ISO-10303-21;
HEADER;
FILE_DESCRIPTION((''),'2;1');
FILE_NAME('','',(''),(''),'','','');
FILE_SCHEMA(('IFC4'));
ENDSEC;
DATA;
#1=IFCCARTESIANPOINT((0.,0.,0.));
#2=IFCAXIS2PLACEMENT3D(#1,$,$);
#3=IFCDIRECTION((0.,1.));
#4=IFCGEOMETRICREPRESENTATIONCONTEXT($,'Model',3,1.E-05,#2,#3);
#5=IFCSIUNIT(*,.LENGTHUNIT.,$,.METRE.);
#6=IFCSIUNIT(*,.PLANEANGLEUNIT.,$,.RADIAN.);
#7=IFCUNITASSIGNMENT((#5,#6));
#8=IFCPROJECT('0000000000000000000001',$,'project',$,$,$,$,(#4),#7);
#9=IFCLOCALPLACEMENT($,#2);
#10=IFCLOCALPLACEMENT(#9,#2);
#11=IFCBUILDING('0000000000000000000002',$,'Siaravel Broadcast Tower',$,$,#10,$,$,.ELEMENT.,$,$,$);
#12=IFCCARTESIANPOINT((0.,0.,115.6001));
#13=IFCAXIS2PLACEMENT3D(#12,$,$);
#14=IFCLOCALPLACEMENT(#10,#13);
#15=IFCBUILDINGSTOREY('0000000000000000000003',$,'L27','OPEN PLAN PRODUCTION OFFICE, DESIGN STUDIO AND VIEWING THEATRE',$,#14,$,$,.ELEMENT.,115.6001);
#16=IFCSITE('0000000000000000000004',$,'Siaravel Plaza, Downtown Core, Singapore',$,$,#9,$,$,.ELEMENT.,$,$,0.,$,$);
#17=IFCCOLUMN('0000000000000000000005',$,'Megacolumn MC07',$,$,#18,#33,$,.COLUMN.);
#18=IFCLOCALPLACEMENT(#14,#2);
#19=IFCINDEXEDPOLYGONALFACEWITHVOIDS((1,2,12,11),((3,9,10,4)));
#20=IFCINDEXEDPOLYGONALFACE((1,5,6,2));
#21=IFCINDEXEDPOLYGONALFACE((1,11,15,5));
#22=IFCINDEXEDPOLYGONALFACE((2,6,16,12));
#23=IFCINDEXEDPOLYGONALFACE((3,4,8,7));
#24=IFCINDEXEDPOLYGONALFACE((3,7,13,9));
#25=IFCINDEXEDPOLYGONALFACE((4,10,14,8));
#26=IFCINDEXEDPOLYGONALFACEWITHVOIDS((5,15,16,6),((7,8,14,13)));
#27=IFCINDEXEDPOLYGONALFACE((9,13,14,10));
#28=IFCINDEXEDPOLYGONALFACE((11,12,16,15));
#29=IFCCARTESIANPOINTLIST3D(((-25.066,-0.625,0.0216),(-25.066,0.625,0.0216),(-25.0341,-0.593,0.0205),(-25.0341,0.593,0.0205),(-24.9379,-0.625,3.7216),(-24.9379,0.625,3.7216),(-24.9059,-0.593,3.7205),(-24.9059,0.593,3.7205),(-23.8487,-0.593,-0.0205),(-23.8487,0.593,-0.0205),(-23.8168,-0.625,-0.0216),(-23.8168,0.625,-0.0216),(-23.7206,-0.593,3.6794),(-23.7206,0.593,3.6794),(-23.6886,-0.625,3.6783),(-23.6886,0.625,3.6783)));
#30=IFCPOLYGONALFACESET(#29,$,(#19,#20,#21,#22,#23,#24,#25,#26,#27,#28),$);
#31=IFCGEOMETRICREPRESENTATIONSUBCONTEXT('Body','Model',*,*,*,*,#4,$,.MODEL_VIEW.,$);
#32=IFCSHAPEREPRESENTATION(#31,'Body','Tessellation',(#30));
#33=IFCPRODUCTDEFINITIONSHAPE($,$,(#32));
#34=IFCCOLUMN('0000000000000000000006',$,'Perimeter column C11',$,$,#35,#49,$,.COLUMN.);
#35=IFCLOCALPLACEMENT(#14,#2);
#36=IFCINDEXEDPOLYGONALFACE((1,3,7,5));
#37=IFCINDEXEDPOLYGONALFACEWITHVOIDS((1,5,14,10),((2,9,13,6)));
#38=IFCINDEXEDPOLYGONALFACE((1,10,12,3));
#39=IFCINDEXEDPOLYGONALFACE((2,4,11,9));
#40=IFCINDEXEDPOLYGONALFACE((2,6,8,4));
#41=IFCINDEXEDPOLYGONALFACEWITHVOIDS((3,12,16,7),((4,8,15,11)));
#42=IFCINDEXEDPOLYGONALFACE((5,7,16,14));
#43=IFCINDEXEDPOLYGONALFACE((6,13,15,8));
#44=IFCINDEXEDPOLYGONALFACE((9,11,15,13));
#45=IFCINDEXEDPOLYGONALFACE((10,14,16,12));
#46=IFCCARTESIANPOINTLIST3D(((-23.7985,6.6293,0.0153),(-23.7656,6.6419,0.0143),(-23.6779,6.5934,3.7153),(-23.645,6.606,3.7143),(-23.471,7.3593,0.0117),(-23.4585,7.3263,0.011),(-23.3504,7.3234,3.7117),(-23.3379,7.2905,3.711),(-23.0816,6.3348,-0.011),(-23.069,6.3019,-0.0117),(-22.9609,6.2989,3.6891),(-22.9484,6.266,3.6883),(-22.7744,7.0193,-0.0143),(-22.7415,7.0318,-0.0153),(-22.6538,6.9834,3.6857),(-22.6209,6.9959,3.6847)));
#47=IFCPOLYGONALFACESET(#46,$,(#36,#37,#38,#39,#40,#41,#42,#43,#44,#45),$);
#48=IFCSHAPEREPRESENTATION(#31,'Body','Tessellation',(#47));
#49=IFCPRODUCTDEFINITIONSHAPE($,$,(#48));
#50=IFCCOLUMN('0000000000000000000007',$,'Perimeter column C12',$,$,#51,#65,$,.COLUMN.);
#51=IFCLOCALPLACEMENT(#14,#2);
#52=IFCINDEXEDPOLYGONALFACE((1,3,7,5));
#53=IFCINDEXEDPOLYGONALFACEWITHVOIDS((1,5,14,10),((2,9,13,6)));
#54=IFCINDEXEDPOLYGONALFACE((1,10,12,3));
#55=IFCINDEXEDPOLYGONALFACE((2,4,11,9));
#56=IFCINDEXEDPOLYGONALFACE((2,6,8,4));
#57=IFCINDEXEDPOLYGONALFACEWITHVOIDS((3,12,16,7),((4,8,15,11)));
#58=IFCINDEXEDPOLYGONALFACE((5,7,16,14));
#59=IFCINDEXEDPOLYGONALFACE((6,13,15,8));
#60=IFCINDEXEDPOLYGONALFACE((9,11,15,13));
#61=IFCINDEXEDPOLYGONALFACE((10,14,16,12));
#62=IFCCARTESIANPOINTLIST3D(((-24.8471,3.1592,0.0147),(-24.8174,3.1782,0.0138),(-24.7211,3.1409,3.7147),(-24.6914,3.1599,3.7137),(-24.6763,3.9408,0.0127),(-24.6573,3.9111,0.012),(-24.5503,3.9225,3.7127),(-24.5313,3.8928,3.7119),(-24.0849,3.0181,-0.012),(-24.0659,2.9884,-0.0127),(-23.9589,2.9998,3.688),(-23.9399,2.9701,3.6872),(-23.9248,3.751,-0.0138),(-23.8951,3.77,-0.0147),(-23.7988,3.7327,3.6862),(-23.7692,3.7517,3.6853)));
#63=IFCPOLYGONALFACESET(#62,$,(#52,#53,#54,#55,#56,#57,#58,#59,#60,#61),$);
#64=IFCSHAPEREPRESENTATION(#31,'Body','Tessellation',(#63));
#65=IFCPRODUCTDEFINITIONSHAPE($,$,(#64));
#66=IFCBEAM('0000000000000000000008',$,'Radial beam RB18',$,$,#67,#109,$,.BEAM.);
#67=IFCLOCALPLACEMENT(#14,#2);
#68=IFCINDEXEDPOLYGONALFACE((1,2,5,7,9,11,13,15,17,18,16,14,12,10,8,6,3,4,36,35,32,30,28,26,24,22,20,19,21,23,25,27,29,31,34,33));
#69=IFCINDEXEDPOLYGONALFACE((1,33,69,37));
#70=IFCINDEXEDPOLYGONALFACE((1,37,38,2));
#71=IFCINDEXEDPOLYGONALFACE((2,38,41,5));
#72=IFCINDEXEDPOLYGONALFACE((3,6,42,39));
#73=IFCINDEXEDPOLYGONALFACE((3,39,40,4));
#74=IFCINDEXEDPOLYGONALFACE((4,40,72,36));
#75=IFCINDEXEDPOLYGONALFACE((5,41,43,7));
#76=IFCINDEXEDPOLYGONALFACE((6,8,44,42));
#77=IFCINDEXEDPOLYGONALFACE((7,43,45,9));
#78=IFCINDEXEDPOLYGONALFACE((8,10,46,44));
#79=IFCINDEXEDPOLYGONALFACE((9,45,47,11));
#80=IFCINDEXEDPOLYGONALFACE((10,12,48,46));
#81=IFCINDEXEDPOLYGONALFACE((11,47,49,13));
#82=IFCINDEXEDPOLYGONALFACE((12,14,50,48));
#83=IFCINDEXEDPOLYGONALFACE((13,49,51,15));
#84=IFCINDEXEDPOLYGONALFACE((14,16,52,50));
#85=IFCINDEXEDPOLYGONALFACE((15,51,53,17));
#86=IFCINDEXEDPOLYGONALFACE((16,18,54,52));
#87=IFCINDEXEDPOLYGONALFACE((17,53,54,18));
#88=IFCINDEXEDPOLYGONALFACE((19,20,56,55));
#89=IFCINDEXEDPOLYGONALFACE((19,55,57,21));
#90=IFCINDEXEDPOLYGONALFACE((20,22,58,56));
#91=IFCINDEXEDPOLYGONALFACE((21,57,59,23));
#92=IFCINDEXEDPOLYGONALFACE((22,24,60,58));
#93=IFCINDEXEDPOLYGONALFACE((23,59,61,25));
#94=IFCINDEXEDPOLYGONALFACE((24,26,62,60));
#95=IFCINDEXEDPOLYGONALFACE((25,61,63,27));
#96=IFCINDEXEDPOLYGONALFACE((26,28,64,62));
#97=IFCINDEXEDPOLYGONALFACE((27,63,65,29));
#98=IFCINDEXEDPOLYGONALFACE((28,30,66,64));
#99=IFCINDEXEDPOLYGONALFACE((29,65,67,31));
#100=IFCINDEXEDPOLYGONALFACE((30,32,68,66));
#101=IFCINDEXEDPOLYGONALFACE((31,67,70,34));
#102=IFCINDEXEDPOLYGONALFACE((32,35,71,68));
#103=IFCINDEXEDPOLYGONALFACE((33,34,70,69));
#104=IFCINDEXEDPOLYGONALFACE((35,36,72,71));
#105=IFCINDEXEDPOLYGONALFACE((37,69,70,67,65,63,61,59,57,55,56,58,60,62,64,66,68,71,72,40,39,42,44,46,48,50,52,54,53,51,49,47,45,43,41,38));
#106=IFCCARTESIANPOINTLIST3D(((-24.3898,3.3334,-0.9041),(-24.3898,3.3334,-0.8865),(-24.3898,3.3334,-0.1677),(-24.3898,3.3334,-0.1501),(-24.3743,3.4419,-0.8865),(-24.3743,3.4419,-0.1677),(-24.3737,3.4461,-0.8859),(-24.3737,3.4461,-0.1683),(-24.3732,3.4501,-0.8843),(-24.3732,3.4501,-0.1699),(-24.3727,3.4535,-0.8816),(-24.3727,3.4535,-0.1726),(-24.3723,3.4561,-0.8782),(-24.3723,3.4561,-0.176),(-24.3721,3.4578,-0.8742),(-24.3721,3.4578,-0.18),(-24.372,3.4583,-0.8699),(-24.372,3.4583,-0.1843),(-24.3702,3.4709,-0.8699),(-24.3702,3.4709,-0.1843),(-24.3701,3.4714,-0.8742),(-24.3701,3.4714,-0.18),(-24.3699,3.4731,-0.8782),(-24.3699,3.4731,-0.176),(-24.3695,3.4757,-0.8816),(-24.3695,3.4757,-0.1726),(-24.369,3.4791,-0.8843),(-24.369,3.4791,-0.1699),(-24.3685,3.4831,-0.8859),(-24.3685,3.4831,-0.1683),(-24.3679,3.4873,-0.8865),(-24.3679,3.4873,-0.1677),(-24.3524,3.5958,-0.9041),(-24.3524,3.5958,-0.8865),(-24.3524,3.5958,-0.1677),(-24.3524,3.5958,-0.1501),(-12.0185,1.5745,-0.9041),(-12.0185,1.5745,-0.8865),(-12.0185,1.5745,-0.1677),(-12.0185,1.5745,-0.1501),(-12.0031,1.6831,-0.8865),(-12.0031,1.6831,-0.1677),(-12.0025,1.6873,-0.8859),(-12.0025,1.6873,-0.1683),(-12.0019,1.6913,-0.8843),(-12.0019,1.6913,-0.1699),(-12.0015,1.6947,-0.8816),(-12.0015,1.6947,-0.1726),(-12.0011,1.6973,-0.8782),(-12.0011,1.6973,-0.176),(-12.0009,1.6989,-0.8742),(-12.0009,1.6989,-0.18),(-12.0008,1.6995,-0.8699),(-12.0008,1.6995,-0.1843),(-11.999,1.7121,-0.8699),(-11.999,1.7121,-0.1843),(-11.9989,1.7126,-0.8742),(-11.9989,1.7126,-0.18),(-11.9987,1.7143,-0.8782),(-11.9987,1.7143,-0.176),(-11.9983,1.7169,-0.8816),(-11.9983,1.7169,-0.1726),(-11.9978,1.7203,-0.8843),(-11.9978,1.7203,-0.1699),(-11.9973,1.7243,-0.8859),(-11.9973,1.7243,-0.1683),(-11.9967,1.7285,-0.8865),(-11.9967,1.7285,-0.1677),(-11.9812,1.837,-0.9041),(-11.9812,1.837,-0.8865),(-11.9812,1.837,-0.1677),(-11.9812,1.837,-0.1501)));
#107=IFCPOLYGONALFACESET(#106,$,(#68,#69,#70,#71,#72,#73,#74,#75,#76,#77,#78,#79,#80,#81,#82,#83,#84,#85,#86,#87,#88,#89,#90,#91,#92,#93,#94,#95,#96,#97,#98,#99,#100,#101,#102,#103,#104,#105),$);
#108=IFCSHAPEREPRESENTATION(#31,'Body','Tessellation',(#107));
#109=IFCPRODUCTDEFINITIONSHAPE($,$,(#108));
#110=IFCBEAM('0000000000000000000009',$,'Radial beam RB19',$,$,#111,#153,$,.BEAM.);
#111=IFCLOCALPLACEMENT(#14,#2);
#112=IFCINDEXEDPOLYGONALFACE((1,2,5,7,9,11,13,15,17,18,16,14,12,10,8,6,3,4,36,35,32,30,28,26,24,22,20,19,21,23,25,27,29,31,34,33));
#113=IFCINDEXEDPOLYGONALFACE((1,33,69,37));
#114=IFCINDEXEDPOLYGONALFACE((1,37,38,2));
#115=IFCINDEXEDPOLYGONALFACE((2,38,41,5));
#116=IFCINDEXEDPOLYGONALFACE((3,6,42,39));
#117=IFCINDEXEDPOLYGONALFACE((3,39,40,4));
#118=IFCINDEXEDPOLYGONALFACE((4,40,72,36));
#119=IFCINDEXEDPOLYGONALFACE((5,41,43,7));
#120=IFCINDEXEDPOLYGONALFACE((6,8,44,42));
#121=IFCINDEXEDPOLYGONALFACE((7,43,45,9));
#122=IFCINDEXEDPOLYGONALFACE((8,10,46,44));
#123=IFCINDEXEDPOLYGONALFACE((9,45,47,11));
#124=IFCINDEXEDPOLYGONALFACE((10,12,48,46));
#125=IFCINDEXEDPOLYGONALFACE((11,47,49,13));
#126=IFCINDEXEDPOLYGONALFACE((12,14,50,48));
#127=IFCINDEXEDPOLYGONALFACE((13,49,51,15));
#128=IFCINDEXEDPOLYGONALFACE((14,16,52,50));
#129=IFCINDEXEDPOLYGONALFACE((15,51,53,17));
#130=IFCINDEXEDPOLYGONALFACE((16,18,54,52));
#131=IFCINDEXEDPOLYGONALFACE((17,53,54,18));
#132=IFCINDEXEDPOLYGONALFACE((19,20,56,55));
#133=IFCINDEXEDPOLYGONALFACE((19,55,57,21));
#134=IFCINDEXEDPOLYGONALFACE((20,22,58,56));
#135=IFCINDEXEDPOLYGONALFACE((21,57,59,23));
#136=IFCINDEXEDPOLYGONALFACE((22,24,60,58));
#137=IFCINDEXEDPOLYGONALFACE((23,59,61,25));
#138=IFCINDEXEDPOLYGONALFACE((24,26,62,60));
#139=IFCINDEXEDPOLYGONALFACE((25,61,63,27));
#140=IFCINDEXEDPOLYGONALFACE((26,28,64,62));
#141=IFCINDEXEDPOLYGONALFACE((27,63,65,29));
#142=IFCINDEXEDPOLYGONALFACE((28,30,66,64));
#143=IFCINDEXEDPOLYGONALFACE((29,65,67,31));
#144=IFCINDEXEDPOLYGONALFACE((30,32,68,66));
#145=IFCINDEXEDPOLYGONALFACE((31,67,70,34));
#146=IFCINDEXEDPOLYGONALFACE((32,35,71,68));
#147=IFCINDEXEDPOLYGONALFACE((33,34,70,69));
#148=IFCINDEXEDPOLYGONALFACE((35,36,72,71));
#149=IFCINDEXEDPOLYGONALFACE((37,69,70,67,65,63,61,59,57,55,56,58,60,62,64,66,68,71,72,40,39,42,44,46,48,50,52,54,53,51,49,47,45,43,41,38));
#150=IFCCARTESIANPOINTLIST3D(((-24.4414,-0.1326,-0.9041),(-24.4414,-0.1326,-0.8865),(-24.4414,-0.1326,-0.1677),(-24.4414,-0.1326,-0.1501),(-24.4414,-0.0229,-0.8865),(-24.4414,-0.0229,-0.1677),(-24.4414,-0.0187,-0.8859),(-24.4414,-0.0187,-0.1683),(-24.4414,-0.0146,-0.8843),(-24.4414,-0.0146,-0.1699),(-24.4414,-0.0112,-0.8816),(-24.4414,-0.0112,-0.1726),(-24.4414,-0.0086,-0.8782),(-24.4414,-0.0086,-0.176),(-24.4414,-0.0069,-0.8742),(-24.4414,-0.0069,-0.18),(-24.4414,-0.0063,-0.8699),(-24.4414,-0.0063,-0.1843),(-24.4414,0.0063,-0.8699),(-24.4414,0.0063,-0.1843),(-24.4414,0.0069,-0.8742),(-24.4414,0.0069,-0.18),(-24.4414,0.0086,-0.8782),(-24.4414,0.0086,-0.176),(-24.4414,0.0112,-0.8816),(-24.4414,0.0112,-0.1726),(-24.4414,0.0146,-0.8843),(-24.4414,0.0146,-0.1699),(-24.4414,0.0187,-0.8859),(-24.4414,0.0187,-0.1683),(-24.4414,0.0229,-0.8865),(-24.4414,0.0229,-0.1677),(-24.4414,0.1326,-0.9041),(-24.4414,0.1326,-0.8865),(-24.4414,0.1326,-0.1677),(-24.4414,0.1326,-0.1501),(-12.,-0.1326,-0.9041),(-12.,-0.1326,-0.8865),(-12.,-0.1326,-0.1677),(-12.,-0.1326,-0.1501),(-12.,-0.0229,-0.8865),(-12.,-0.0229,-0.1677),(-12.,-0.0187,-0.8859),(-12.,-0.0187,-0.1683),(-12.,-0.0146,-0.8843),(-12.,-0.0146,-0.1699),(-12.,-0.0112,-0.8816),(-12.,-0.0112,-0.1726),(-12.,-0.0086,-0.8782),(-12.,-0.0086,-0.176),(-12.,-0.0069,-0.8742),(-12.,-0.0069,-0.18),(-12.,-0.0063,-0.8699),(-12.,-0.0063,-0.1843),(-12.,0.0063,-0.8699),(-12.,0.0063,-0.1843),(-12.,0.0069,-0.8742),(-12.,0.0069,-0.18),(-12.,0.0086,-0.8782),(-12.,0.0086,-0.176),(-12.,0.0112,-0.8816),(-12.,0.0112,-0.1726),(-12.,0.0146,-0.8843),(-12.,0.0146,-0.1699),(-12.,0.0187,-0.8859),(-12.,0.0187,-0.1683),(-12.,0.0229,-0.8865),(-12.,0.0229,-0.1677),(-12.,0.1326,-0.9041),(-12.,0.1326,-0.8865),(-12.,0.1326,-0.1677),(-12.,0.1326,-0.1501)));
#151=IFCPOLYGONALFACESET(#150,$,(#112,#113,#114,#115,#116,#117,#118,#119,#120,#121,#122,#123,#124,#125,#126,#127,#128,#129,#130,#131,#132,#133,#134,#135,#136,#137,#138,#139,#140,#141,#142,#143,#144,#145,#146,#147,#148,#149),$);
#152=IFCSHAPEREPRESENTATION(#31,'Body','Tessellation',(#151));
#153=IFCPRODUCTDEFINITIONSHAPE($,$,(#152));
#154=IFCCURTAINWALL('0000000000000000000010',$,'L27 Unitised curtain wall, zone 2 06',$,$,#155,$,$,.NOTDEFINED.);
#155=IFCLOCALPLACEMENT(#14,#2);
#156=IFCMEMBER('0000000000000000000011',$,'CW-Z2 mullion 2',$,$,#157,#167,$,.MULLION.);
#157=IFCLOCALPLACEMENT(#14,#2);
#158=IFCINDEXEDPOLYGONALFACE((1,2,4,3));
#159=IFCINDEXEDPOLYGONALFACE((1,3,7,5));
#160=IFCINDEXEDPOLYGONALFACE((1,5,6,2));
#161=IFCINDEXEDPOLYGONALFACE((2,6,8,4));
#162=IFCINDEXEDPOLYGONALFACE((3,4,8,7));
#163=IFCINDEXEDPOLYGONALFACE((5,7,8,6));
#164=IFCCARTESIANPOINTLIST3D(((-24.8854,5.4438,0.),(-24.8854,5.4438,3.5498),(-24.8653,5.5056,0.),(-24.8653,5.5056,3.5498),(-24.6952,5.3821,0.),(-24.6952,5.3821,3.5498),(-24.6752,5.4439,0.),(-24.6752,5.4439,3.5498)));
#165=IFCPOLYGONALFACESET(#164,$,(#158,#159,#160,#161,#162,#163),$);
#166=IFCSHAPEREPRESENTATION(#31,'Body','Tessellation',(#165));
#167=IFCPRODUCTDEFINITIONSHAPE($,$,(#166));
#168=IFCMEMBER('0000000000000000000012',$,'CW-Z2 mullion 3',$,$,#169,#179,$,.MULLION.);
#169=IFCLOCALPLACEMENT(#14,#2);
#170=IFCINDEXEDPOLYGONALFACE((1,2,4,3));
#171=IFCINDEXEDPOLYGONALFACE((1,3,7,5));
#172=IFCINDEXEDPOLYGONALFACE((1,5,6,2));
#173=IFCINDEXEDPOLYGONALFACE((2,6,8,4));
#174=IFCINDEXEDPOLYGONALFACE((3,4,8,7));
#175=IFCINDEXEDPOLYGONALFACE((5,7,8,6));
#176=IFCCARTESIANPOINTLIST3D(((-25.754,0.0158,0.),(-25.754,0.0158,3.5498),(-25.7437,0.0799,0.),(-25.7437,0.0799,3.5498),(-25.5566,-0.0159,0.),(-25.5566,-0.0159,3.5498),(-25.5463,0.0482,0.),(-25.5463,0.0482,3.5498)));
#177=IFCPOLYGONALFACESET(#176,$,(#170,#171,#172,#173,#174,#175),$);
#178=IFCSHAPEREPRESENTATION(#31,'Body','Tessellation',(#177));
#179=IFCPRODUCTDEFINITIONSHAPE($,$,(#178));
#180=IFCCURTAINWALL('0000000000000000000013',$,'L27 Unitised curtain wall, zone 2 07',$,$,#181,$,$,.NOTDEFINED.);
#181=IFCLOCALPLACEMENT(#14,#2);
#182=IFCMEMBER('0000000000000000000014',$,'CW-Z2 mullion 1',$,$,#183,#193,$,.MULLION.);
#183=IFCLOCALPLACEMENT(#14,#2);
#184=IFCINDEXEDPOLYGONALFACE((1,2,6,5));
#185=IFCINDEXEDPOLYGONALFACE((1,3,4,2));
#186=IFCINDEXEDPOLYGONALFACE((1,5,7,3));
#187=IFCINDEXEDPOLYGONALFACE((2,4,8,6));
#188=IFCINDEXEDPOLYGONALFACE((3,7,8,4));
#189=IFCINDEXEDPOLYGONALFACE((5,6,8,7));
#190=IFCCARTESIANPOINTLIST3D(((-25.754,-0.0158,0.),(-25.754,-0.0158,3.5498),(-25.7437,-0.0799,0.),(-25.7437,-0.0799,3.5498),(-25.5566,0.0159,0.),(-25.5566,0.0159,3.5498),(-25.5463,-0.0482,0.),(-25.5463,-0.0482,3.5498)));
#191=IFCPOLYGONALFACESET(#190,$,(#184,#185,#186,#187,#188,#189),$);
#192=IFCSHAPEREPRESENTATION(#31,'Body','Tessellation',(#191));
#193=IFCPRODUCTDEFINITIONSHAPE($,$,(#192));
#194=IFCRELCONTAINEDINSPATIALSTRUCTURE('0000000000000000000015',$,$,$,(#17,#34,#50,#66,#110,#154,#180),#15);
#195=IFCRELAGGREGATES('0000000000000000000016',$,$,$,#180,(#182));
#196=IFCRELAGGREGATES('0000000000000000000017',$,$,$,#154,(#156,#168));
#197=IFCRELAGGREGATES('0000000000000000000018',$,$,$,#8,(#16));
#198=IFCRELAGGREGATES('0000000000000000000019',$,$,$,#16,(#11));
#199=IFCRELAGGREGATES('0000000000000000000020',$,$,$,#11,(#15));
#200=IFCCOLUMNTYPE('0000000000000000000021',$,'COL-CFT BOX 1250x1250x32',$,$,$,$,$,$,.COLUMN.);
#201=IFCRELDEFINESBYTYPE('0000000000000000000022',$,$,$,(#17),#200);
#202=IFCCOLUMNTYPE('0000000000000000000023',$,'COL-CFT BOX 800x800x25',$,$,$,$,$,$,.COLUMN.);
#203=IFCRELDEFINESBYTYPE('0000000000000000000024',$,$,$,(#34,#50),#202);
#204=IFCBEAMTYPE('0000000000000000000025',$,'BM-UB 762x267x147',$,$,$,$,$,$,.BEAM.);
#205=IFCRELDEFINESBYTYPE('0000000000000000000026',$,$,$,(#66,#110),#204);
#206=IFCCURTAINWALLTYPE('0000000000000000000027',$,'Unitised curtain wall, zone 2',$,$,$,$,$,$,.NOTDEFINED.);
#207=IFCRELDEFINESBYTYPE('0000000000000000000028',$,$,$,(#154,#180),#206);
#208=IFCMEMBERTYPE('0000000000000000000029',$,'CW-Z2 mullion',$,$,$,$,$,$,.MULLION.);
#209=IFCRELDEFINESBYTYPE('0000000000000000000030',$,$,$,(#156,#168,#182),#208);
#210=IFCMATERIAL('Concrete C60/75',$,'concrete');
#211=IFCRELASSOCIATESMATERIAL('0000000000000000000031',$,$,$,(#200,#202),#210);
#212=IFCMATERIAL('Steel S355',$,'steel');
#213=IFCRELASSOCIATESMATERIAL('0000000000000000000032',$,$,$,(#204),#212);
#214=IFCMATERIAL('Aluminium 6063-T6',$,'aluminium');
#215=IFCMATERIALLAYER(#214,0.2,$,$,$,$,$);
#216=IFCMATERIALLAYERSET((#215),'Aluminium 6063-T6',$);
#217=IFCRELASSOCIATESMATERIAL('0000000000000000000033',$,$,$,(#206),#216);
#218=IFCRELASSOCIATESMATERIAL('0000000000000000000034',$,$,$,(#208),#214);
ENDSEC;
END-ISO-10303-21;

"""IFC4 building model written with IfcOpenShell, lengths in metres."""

from ifc_helpers import new_model, si_unit, direction, frame, origin, origin_2d, place, context, subcontext, project, spatial, rectangle, hollow_rectangle, i_section, extrude, material, layer, layer_set, material_profile, profile_set, type_object, element, aggregate, save


model = new_model("IFC4")

# Units and contexts
model_context = context("Model", 3, precision=1e-05, world=origin(), true_north=direction((0.0, 1.0)))
body_context = subcontext(model_context, "Body", "Model", "MODEL_VIEW")
ifc_project = project(units=[si_unit("LENGTHUNIT", "METRE"), si_unit("PLANEANGLEUNIT", "RADIAN")], contexts=[model_context])

# Site, building, storey
site_placement = place(None, origin())
site = spatial("IfcSite", under=ifc_project, at=site_placement, Name="Siaravel Plaza, Downtown Core, Singapore", CompositionType="ELEMENT", RefElevation=0.0)
building_placement = place(site_placement, origin())
building = spatial("IfcBuilding", under=site, at=building_placement, Name="Siaravel Broadcast Tower", CompositionType="ELEMENT")
storey_placement = place(building_placement, frame((0.0, 0.0, 115.6001)))
storey = spatial("IfcBuildingStorey", under=building, at=storey_placement, Name="L27", Description="OPEN PLAN PRODUCTION OFFICE, DESIGN STUDIO AND VIEWING THEATRE", CompositionType="ELEMENT", Elevation=115.6001)

# Columns
ifc_material_1 = material(Name="Concrete C60/75", Category="concrete")
ifc_material_profile_1 = material_profile(ifc_material_1, hollow_rectangle(XDim=1.25, YDim=1.25, WallThickness=0.032, at=origin_2d()))
ifc_profile_set_1 = profile_set([ifc_material_profile_1], Name="Concrete C60/75")
column_type_1 = type_object("IfcColumnType", Name="COL-CFT BOX 1250x1250x32", PredefinedType="COLUMN", material=ifc_profile_set_1)
column_placement = place(storey_placement, frame((-24.4414, 0.0, 0.0), z_axis=(0.034621, 0.0, 0.999401), x_axis=(0.0, 1.0, 0.0)))
element("IfcColumn", 1, at=column_placement, inside=storey, type_object=column_type_1, Name="Megacolumn MC07", PredefinedType="COLUMN", context=body_context, shape_type="SweptSolid", body=[
    extrude(hollow_rectangle(XDim=1.25, YDim=1.25, WallThickness=0.032, at=origin_2d()), origin(), (0.0, 0.0, 1.0), 3.7021),
])
ifc_material_profile_2 = material_profile(ifc_material_1, hollow_rectangle(XDim=0.8, YDim=0.8, WallThickness=0.0249, at=origin_2d()))
ifc_profile_set_2 = profile_set([ifc_material_profile_2], Name="Concrete C60/75")
column_type_2 = type_object("IfcColumnType", Name="COL-CFT BOX 800x800x25", PredefinedType="COLUMN", material=ifc_profile_set_2)
for number, where, z_axis, x_axis, name in (
    (2, (-23.27, 6.8306, 0.0), (0.032578, -0.009694, 0.999422), (0.40938, 0.912353, -0.004495), "Perimeter column C11"),
    (3, (-24.3711, 3.4646, 0.0), (0.034028, -0.004946, 0.999409), (0.213466, 0.976948, -0.002433), "Perimeter column C12"),
):
    element("IfcColumn", number, at=place(storey_placement, frame(where, z_axis=z_axis, x_axis=x_axis)), inside=storey, type_object=column_type_2, Name=name, PredefinedType="COLUMN", context=body_context, shape_type="SweptSolid", body=[
        extrude(hollow_rectangle(XDim=0.8, YDim=0.8, WallThickness=0.0249, at=origin_2d()), origin(), (0.0, 0.0, 1.0), 3.7021),
    ])

# Beams
ifc_material_2 = material(Name="Steel S355", Category="steel")
ifc_material_profile_3 = material_profile(ifc_material_2, i_section(OverallWidth=0.2651, OverallDepth=0.7539, WebThickness=0.0127, FlangeThickness=0.0176, FilletRadius=0.0166, at=origin_2d()))
ifc_profile_set_3 = profile_set([ifc_material_profile_3], Name="Steel S355")
beam_type = type_object("IfcBeamType", Name="BM-UB 762x267x147", PredefinedType="BEAM", material=ifc_profile_set_3)
beam_1_placement = place(storey_placement, frame((-24.3711, 3.4646, -0.5271), z_axis=(0.990045, -0.140754, 0.0), x_axis=(0.140754, 0.990045, 0.0)))
element("IfcBeam", 4, at=beam_1_placement, inside=storey, type_object=beam_type, Name="Radial beam RB18", PredefinedType="BEAM", context=body_context, shape_type="SweptSolid", body=[
    extrude(i_section(OverallWidth=0.2651, OverallDepth=0.7539, WebThickness=0.0127, FlangeThickness=0.0176, FilletRadius=0.0166, at=origin_2d()), origin(), (0.0, 0.0, 1.0), 12.4956),
])
beam_2_placement = place(storey_placement, frame((-24.4414, 0.0, -0.5271), z_axis=(1.0, 0.0, 0.0), x_axis=(0.0, 1.0, 0.0)))
element("IfcBeam", 5, at=beam_2_placement, inside=storey, type_object=beam_type, Name="Radial beam RB19", PredefinedType="BEAM", context=body_context, shape_type="SweptSolid", body=[
    extrude(i_section(OverallWidth=0.2651, OverallDepth=0.7539, WebThickness=0.0127, FlangeThickness=0.0176, FilletRadius=0.0166, at=origin_2d()), origin(), (0.0, 0.0, 1.0), 12.4414),
])

# Curtain wall, members
ifc_material_3 = material(Name="Aluminium 6063-T6", Category="aluminium")
ifc_layer_1 = layer(ifc_material_3, 0.2)
ifc_layer_set_1 = layer_set([ifc_layer_1], Name="Aluminium 6063-T6")
curtain_wall_type = type_object("IfcCurtainWallType", Name="Unitised curtain wall, zone 2", PredefinedType="NOTDEFINED", material=ifc_layer_set_1)
curtain_wall_1_placement = place(storey_placement, origin())
curtain_wall_1 = element("IfcCurtainWall", 6, at=curtain_wall_1_placement, inside=storey, type_object=curtain_wall_type, Name="L27 Unitised curtain wall, zone 2 06", PredefinedType="NOTDEFINED")
ifc_material_profile_4 = material_profile(ifc_material_3, rectangle(XDim=0.2, YDim=0.0649, at=origin_2d()))
ifc_profile_set_4 = profile_set([ifc_material_profile_4], Name="Aluminium 6063-T6")
member_type_1 = type_object("IfcMemberType", Name="CW-Z2 mullion", PredefinedType="MULLION", material=ifc_profile_set_4)
member_1_placement = place(storey_placement, frame((-24.7803, 5.4438, 0.0), z_axis=(0.0, 0.0, 1.0), x_axis=(0.951177, -0.308646, 0.0)))
member_1 = element("IfcMember", 7, at=member_1_placement, type_object=member_type_1, Name="CW-Z2 mullion 2", PredefinedType="MULLION", context=body_context, shape_type="SweptSolid", body=[
    extrude(rectangle(XDim=0.2, YDim=0.0649, at=origin_2d()), origin(), (0.0, 0.0, 1.0), 3.5498),
])
member_2_placement = place(storey_placement, frame((-25.6501, 0.032, 0.0), z_axis=(0.0, 0.0, 1.0), x_axis=(0.987329, -0.158686, 0.0)))
member_2 = element("IfcMember", 8, at=member_2_placement, type_object=member_type_1, Name="CW-Z2 mullion 3", PredefinedType="MULLION", context=body_context, shape_type="SweptSolid", body=[
    extrude(rectangle(XDim=0.2, YDim=0.0649, at=origin_2d()), origin(), (0.0, 0.0, 1.0), 3.5498),
])

# Curtain wall, member
curtain_wall_2_placement = place(storey_placement, origin())
curtain_wall_2 = element("IfcCurtainWall", 9, at=curtain_wall_2_placement, inside=storey, type_object=curtain_wall_type, Name="L27 Unitised curtain wall, zone 2 07", PredefinedType="NOTDEFINED")
member_3_placement = place(storey_placement, frame((-25.6501, -0.032, 0.0), z_axis=(0.0, 0.0, 1.0), x_axis=(0.987329, 0.158686, 0.0)))
member_3 = element("IfcMember", 10, at=member_3_placement, type_object=member_type_1, Name="CW-Z2 mullion 1", PredefinedType="MULLION", context=body_context, shape_type="SweptSolid", body=[
    extrude(rectangle(XDim=0.2, YDim=0.0649, at=origin_2d()), origin(), (0.0, 0.0, 1.0), 3.5498),
])

aggregate(curtain_wall_2, [member_3])

aggregate(curtain_wall_1, [member_1, member_2])

save(model, "model.ifc")
